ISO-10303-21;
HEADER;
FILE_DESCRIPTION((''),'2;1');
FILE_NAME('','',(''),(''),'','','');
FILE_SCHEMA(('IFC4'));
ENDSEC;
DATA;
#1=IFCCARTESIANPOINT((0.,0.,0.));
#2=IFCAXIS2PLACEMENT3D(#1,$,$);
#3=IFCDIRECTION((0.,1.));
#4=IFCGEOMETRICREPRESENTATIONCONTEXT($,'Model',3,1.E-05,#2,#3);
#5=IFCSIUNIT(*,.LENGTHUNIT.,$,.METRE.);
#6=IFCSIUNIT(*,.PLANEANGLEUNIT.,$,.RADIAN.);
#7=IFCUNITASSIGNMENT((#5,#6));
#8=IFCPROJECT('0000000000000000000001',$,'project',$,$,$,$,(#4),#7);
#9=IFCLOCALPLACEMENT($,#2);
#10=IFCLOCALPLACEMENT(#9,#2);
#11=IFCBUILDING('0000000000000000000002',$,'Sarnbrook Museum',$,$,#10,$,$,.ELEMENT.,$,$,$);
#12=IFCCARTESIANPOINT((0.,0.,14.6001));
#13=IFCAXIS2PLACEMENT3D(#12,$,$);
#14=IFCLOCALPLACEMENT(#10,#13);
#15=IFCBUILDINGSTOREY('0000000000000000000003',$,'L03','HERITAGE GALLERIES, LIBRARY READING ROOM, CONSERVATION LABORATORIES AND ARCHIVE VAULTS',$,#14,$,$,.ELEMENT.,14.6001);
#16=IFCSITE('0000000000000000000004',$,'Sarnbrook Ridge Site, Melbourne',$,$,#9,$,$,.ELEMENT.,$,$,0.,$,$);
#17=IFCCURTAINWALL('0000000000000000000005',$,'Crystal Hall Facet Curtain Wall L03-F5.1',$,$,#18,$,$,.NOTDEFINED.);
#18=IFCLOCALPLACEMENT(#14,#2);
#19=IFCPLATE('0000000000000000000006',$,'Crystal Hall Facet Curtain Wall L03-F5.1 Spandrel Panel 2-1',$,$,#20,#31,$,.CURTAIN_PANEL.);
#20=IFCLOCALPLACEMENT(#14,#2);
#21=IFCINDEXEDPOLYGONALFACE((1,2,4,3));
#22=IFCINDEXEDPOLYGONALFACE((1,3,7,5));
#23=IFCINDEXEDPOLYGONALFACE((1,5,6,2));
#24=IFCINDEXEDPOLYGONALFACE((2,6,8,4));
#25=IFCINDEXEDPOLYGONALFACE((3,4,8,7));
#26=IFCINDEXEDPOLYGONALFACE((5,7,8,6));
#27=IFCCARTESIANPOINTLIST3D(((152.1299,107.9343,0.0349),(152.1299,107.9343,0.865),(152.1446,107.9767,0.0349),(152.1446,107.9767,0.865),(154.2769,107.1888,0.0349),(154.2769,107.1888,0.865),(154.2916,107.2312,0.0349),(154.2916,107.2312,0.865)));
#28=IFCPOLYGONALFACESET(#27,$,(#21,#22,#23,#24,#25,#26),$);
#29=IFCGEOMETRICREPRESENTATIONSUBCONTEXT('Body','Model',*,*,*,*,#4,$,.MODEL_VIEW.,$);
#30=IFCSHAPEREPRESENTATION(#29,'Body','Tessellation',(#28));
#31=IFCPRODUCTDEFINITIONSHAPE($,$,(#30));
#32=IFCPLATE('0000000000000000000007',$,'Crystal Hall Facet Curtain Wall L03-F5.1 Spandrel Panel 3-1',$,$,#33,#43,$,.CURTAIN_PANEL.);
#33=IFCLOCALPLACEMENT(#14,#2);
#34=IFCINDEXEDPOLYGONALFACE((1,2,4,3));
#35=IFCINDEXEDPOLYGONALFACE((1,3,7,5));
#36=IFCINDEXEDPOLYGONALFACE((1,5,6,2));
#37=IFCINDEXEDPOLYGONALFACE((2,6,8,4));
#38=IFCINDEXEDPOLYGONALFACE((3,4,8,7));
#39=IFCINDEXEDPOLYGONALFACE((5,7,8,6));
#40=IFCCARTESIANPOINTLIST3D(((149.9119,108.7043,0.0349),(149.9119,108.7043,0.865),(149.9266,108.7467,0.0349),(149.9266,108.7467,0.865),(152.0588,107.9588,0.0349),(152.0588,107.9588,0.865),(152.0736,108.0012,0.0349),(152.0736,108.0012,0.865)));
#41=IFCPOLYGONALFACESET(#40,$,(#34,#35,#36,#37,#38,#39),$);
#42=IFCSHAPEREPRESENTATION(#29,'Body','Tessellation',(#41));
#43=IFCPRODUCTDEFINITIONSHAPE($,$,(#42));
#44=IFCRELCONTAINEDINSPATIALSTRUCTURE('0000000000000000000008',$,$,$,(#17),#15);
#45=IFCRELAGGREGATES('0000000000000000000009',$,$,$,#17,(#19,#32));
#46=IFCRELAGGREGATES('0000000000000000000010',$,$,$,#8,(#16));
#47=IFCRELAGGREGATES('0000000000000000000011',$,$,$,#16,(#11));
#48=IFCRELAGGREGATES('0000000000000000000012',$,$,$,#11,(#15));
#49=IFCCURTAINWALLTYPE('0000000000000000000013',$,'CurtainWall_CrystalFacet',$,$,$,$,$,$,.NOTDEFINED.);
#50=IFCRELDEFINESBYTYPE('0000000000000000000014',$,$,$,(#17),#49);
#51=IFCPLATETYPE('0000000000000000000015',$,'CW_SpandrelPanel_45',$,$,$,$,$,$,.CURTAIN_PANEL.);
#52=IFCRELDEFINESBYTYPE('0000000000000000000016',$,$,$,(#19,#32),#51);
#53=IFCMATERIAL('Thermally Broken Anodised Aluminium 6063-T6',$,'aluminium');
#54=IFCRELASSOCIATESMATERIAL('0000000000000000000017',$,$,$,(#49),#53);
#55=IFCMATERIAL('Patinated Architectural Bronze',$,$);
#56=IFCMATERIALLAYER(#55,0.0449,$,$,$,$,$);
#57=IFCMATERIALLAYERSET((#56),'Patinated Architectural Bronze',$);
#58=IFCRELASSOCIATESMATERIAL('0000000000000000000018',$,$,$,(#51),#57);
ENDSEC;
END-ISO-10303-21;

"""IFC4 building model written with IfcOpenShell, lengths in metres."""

from ifc_helpers import new_model, si_unit, direction, frame, origin, origin_2d, place, context, subcontext, project, spatial, rectangle, extrude, material, layer, layer_set, type_object, element, aggregate, save


model = new_model("IFC4")

# Units and contexts
model_context = context("Model", 3, precision=1e-05, world=origin(), true_north=direction((0.0, 1.0)))
body_context = subcontext(model_context, "Body", "Model", "MODEL_VIEW")
ifc_project = project(units=[si_unit("LENGTHUNIT", "METRE"), si_unit("PLANEANGLEUNIT", "RADIAN")], contexts=[model_context])

# Site, building, storey
site_placement = place(None, origin())
site = spatial("IfcSite", under=ifc_project, at=site_placement, Name="Sarnbrook Ridge Site, Melbourne", CompositionType="ELEMENT", RefElevation=0.0)
building_placement = place(site_placement, origin())
building = spatial("IfcBuilding", under=site, at=building_placement, Name="Sarnbrook Museum", CompositionType="ELEMENT")
storey_placement = place(building_placement, frame((0.0, 0.0, 14.6001)))
storey = spatial("IfcBuildingStorey", under=building, at=storey_placement, Name="L03", Description="HERITAGE GALLERIES, LIBRARY READING ROOM, CONSERVATION LABORATORIES AND ARCHIVE VAULTS", CompositionType="ELEMENT", Elevation=14.6001)

# Curtain wall
ifc_material_1 = material(Name="Thermally Broken Anodised Aluminium 6063-T6", Category="aluminium")
curtain_wall_type = type_object("IfcCurtainWallType", Name="CurtainWall_CrystalFacet", PredefinedType="NOTDEFINED", material=ifc_material_1)
curtain_wall_placement = place(storey_placement, origin())
curtain_wall = element("IfcCurtainWall", 1, at=curtain_wall_placement, inside=storey, type_object=curtain_wall_type, Name="Crystal Hall Facet Curtain Wall L03-F5.1", PredefinedType="NOTDEFINED")

# Plates
ifc_material_2 = material(Name="Patinated Architectural Bronze")
ifc_layer_1 = layer(ifc_material_2, 0.0449)
ifc_layer_set_1 = layer_set([ifc_layer_1], Name="Patinated Architectural Bronze")
plate_type_1 = type_object("IfcPlateType", Name="CW_SpandrelPanel_45", PredefinedType="CURTAIN_PANEL", material=ifc_layer_set_1)
plate_1_placement = place(storey_placement, frame((153.2034, 107.5615, 0.45), z_axis=(0.32801, 0.944674, 0.0), x_axis=(-0.944674, 0.32801, 0.0)))
plate_1 = element("IfcPlate", 2, at=plate_1_placement, type_object=plate_type_1, Name="Crystal Hall Facet Curtain Wall L03-F5.1 Spandrel Panel 2-1", PredefinedType="CURTAIN_PANEL", context=body_context, shape_type="SweptSolid", body=[
    extrude(rectangle(XDim=2.2727, YDim=0.8301, at=origin_2d()), origin(), (0.0, 0.0, 1.0), 0.0449),
])
plate_2_placement = place(storey_placement, frame((150.9854, 108.3315, 0.45), z_axis=(0.32801, 0.944674, 0.0), x_axis=(-0.944674, 0.32801, 0.0)))
plate_2 = element("IfcPlate", 3, at=plate_2_placement, type_object=plate_type_1, Name="Crystal Hall Facet Curtain Wall L03-F5.1 Spandrel Panel 3-1", PredefinedType="CURTAIN_PANEL", context=body_context, shape_type="SweptSolid", body=[
    extrude(rectangle(XDim=2.2727, YDim=0.8301, at=origin_2d()), origin(), (0.0, 0.0, 1.0), 0.0449),
])
aggregate(curtain_wall, [plate_1, plate_2])

save(model, "model.ifc")
